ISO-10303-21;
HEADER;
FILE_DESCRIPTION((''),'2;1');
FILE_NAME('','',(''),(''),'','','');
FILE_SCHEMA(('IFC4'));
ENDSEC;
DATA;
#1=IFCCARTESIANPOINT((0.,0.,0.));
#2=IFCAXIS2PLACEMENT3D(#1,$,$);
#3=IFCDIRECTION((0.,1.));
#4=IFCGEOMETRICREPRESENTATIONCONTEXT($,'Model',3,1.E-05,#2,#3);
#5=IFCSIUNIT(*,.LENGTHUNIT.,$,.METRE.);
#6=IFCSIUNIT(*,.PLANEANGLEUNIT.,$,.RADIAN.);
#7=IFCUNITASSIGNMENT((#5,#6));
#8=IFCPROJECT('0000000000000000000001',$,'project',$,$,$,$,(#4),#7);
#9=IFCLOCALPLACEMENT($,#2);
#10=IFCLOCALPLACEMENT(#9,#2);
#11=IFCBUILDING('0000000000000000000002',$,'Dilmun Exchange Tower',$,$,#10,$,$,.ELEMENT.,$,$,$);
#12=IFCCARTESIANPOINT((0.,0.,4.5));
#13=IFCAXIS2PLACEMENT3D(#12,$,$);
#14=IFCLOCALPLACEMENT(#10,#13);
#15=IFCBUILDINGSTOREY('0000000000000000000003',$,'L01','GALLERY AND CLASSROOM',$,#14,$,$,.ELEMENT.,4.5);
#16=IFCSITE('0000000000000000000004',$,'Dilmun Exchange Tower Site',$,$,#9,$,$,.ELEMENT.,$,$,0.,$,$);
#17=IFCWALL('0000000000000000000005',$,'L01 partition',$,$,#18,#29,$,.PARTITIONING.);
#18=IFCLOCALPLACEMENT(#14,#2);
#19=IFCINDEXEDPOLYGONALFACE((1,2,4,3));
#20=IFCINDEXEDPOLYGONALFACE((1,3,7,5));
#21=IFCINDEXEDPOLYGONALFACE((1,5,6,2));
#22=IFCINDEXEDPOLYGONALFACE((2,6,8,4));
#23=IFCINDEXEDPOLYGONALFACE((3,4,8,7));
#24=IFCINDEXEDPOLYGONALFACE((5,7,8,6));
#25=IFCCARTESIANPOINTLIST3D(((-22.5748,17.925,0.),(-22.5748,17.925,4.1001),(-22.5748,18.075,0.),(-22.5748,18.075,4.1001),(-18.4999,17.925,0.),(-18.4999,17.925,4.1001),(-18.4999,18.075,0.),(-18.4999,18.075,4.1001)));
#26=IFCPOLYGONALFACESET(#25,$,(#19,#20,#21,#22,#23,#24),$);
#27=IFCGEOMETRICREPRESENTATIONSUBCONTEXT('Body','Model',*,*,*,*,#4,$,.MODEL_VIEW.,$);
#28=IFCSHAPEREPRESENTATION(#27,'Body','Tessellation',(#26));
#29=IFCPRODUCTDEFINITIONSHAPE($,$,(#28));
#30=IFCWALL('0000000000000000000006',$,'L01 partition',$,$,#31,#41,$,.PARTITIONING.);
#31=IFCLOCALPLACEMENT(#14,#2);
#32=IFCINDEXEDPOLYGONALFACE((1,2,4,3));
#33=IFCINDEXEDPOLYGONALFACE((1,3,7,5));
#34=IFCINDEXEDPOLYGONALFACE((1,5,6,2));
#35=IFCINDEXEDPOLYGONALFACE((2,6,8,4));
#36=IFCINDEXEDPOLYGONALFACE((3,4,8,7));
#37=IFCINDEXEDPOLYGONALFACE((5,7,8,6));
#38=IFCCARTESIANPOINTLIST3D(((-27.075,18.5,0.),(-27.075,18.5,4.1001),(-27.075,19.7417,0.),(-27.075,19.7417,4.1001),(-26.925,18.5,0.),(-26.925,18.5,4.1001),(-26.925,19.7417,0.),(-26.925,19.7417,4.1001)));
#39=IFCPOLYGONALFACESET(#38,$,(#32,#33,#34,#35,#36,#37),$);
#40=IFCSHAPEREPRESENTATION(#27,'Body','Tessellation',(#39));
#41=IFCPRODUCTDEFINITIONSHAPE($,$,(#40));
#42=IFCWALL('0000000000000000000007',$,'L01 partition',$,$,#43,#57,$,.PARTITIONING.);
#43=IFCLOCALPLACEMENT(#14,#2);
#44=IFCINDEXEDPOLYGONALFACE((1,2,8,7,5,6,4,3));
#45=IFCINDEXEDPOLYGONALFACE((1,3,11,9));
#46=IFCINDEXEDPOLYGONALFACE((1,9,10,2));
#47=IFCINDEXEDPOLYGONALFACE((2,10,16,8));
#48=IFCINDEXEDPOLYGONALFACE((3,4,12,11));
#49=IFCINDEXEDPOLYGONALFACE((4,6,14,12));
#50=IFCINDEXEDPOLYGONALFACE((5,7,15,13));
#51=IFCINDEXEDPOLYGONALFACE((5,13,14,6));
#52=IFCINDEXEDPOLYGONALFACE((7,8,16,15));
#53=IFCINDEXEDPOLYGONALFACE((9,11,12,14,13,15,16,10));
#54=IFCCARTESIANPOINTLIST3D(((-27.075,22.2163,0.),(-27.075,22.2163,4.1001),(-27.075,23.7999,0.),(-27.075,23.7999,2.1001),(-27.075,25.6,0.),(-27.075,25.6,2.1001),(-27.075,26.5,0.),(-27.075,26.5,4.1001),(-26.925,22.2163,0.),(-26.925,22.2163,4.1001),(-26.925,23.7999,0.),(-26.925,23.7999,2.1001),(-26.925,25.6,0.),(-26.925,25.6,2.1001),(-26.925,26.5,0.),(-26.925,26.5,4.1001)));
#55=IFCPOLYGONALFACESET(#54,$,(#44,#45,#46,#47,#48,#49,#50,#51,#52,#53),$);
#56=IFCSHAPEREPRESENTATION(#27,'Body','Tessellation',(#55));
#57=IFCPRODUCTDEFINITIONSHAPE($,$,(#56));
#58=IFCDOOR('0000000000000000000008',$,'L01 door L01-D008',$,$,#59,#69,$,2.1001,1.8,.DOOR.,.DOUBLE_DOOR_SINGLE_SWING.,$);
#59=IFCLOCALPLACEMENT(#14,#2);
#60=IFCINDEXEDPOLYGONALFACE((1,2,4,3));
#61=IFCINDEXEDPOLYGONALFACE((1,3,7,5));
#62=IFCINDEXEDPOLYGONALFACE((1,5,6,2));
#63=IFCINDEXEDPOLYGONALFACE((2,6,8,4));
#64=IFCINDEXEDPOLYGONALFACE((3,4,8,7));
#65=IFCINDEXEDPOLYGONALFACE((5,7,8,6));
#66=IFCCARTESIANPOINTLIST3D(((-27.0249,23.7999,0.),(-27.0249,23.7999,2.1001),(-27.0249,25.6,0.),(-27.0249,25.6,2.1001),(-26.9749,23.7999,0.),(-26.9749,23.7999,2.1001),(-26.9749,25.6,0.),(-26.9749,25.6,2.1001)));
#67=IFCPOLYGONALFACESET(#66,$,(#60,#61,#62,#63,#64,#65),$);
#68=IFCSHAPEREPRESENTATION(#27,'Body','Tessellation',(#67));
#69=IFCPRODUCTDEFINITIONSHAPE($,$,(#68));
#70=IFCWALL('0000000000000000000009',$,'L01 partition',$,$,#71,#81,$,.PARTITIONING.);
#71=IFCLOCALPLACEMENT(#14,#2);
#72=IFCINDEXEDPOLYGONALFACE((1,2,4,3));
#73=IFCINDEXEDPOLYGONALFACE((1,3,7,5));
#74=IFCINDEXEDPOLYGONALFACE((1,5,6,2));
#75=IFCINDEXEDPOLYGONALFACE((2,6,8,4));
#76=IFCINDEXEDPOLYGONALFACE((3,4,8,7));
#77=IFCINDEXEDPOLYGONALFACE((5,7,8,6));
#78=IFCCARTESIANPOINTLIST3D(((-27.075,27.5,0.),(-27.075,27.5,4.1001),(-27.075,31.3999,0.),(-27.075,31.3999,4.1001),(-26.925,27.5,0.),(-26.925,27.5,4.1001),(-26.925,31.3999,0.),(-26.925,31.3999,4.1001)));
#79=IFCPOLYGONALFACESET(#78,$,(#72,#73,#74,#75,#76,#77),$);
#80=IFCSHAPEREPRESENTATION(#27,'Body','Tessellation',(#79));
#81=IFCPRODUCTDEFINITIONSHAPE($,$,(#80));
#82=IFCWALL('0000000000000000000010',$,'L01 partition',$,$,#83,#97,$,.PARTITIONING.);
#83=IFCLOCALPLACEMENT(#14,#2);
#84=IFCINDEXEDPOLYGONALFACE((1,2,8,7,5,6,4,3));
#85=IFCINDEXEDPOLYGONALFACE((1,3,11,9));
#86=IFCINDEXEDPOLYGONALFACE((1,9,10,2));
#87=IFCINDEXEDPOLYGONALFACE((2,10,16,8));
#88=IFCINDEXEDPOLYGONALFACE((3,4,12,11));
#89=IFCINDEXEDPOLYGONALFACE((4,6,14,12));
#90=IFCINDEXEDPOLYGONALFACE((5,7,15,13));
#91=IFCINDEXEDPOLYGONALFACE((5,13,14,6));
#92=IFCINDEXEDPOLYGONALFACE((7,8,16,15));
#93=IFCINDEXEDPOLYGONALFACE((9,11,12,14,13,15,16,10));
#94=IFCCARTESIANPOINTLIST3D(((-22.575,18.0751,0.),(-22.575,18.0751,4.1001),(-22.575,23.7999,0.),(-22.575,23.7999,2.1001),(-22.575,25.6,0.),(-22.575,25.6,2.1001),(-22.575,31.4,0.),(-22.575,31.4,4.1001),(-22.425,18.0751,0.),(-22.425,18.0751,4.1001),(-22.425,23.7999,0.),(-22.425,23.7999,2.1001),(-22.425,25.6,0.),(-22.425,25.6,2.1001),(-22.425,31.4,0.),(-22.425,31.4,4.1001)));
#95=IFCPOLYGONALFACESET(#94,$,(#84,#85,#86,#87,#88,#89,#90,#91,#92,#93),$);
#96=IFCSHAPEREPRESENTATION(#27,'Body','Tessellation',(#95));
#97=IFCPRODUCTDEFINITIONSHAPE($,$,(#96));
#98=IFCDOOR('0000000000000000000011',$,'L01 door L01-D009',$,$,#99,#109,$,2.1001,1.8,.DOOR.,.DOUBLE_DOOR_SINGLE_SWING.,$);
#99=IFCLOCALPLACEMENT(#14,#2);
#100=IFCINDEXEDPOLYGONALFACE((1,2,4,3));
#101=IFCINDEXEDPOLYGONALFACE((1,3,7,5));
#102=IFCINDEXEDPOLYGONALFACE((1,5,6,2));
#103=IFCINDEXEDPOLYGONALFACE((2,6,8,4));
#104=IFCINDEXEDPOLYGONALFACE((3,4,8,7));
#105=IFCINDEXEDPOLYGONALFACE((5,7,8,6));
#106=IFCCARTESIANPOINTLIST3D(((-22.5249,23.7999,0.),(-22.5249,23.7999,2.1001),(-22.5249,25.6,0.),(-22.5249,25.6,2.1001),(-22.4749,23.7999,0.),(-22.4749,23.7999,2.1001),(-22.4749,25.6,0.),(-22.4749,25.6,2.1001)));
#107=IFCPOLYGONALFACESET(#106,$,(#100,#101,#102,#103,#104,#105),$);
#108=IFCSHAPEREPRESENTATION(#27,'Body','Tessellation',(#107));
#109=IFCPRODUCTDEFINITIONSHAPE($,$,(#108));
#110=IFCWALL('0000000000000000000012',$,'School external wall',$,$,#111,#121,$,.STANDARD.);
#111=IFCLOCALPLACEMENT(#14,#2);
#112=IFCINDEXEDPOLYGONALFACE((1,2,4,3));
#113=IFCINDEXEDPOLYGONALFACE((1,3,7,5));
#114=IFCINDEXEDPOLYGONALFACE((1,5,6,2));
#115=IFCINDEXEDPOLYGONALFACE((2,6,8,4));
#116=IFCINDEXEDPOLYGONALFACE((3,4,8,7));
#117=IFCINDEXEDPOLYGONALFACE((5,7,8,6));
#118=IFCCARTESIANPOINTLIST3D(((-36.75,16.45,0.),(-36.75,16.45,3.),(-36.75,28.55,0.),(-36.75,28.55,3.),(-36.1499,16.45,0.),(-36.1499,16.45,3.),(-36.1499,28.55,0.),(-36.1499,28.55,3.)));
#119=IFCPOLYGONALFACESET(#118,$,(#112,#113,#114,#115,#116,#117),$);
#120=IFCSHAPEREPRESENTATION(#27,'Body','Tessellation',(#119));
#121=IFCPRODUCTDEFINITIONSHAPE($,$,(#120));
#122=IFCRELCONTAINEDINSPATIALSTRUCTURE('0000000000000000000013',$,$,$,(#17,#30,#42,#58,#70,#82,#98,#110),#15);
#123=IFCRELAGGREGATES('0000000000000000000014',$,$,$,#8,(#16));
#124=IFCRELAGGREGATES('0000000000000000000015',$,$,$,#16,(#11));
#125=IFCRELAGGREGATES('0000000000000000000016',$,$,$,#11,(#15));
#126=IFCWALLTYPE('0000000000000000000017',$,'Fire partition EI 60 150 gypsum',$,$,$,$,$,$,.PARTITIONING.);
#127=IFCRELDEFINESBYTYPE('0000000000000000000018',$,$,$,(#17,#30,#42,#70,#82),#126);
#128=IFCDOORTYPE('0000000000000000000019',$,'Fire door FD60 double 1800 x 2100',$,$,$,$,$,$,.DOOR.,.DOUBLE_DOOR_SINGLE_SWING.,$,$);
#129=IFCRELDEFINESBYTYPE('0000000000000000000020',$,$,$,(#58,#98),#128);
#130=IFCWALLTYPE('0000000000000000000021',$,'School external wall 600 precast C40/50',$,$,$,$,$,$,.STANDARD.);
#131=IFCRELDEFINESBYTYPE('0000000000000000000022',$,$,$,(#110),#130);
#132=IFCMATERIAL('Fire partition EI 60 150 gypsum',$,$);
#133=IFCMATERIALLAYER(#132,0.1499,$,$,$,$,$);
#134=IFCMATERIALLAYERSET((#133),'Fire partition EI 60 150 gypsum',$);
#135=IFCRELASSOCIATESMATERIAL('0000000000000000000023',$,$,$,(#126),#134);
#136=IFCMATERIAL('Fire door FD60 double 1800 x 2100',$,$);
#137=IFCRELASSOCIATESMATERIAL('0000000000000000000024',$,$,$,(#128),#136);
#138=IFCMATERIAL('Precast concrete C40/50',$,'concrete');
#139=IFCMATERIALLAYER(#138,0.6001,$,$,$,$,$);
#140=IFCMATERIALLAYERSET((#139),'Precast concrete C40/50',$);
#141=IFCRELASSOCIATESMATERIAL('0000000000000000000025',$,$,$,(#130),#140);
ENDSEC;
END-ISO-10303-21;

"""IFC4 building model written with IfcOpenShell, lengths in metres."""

from ifc_helpers import new_model, si_unit, direction, frame, frame_2d, origin, place, context, subcontext, project, spatial, rectangle, extrude, material, layer, layer_set, type_object, element, fill, save


model = new_model("IFC4")

# Units and contexts
model_context = context("Model", 3, precision=1e-05, world=origin(), true_north=direction((0.0, 1.0)))
body_context = subcontext(model_context, "Body", "Model", "MODEL_VIEW")
ifc_project = project(units=[si_unit("LENGTHUNIT", "METRE"), si_unit("PLANEANGLEUNIT", "RADIAN")], contexts=[model_context])

# Site, building, storey
site_placement = place(None, origin())
site = spatial("IfcSite", under=ifc_project, at=site_placement, Name="Dilmun Exchange Tower Site", CompositionType="ELEMENT", RefElevation=0.0)
building_placement = place(site_placement, origin())
building = spatial("IfcBuilding", under=site, at=building_placement, Name="Dilmun Exchange Tower", CompositionType="ELEMENT")
storey_placement = place(building_placement, frame((0.0, 0.0, 4.5)))
storey = spatial("IfcBuildingStorey", under=building, at=storey_placement, Name="L01", Description="GALLERY AND CLASSROOM", CompositionType="ELEMENT", Elevation=4.5)

# Shared definitions
ifc_material_1 = material(Name="Fire partition EI 60 150 gypsum")
ifc_layer_1 = layer(ifc_material_1, 0.1499)
ifc_layer_set_1 = layer_set([ifc_layer_1], Name="Fire partition EI 60 150 gypsum")
wall_type_1 = type_object("IfcWallType", Name="Fire partition EI 60 150 gypsum", PredefinedType="PARTITIONING", material=ifc_layer_set_1)

# Walls
wall_1_placement = place(storey_placement, frame((-22.575, 18.0, 0.0), z_axis=(0.0, 0.0, 1.0), x_axis=(1.0, 0.0, 0.0)))
element("IfcWall", 1, at=wall_1_placement, inside=storey, type_object=wall_type_1, Name="L01 partition", PredefinedType="PARTITIONING", context=body_context, shape_type="SweptSolid", body=[
    extrude(rectangle(XDim=4.075, YDim=0.1499, at=frame_2d((2.0376, 0.0))), origin(), (0.0, 0.0, 1.0), 4.1001),
])
wall_2_placement = place(storey_placement, frame((-27.0, 18.5, 0.0), z_axis=(0.0, 0.0, 1.0), x_axis=(0.0, 1.0, 0.0)))
element("IfcWall", 2, at=wall_2_placement, inside=storey, type_object=wall_type_1, Name="L01 partition", PredefinedType="PARTITIONING", context=body_context, shape_type="SweptSolid", body=[
    extrude(rectangle(XDim=1.2417, YDim=0.1499, at=frame_2d((0.6208, 0.0))), origin(), (0.0, 0.0, 1.0), 4.1001),
])

# Wall, opening, door
wall_3_placement = place(storey_placement, frame((-27.0, 22.2163, 0.0), z_axis=(0.0, 0.0, 1.0), x_axis=(0.0, 1.0, 0.0)))
wall_3 = element("IfcWall", 3, at=wall_3_placement, inside=storey, type_object=wall_type_1, Name="L01 partition", PredefinedType="PARTITIONING", context=body_context, shape_type="SweptSolid", body=[
    extrude(rectangle(XDim=4.2837, YDim=0.1499, at=frame_2d((2.1418, 0.0))), origin(), (0.0, 0.0, 1.0), 4.1001),
])
opening_1_placement = place(wall_3_placement, frame((1.5837, 0.0, 0.0)))
opening_1 = element("IfcOpeningElement", 4, at=opening_1_placement, cuts=wall_3, PredefinedType="OPENING", context=body_context, shape_type="SweptSolid", body=[
    extrude(rectangle(XDim=1.8, YDim=2.1001, at=frame_2d((0.8999, 1.05))), frame((0.0, 0.085, 0.0), z_axis=(0.0, -1.0, 0.0), x_axis=(1.0, 0.0, 0.0)), (0.0, 0.0, 1.0), 0.1699),
])
ifc_material_2 = material(Name="Fire door FD60 double 1800 x 2100")
door_type_1 = type_object("IfcDoorType", Name="Fire door FD60 double 1800 x 2100", OperationType="DOUBLE_DOOR_SINGLE_SWING", PredefinedType="DOOR", material=ifc_material_2)
door_1_placement = place(opening_1_placement, origin())
door_1 = element("IfcDoor", 5, at=door_1_placement, inside=storey, type_object=door_type_1, Name="L01 door L01-D008", OperationType="DOUBLE_DOOR_SINGLE_SWING", OverallHeight=2.1001, OverallWidth=1.8, PredefinedType="DOOR", context=body_context, shape_type="SweptSolid", body=[
    extrude(rectangle(XDim=1.8, YDim=2.1001, at=frame_2d((0.8999, 1.05))), frame((0.0, 0.0249, 0.0), z_axis=(0.0, -1.0, 0.0), x_axis=(1.0, 0.0, 0.0)), (0.0, 0.0, 1.0), 0.05),
])
fill(opening_1, door_1)

# Wall
wall_4_placement = place(storey_placement, frame((-27.0, 27.5, 0.0), z_axis=(0.0, 0.0, 1.0), x_axis=(0.0, 1.0, 0.0)))
element("IfcWall", 6, at=wall_4_placement, inside=storey, type_object=wall_type_1, Name="L01 partition", PredefinedType="PARTITIONING", context=body_context, shape_type="SweptSolid", body=[
    extrude(rectangle(XDim=3.8999, YDim=0.1499, at=frame_2d((1.95, 0.0))), origin(), (0.0, 0.0, 1.0), 4.1001),
])

# Wall, opening, door
wall_5_placement = place(storey_placement, frame((-22.5, 18.075, 0.0), z_axis=(0.0, 0.0, 1.0), x_axis=(0.0, 1.0, 0.0)))
wall_5 = element("IfcWall", 7, at=wall_5_placement, inside=storey, type_object=wall_type_1, Name="L01 partition", PredefinedType="PARTITIONING", context=body_context, shape_type="SweptSolid", body=[
    extrude(rectangle(XDim=13.325, YDim=0.1499, at=frame_2d((6.6626, 0.0))), origin(), (0.0, 0.0, 1.0), 4.1001),
])
opening_2_placement = place(wall_5_placement, frame((5.7251, 0.0, 0.0)))
opening_2 = element("IfcOpeningElement", 8, at=opening_2_placement, cuts=wall_5, PredefinedType="OPENING", context=body_context, shape_type="SweptSolid", body=[
    extrude(rectangle(XDim=1.8, YDim=2.1001, at=frame_2d((0.8999, 1.05))), frame((0.0, 0.085, 0.0), z_axis=(0.0, -1.0, 0.0), x_axis=(1.0, 0.0, 0.0)), (0.0, 0.0, 1.0), 0.1699),
])
door_2_placement = place(opening_2_placement, origin())
door_2 = element("IfcDoor", 9, at=door_2_placement, inside=storey, type_object=door_type_1, Name="L01 door L01-D009", OperationType="DOUBLE_DOOR_SINGLE_SWING", OverallHeight=2.1001, OverallWidth=1.8, PredefinedType="DOOR", context=body_context, shape_type="SweptSolid", body=[
    extrude(rectangle(XDim=1.8, YDim=2.1001, at=frame_2d((0.8999, 1.05))), frame((0.0, 0.0249, 0.0), z_axis=(0.0, -1.0, 0.0), x_axis=(1.0, 0.0, 0.0)), (0.0, 0.0, 1.0), 0.05),
])
fill(opening_2, door_2)

# Wall
ifc_material_3 = material(Name="Precast concrete C40/50", Category="concrete")
ifc_layer_2 = layer(ifc_material_3, 0.6001)
ifc_layer_set_2 = layer_set([ifc_layer_2], Name="Precast concrete C40/50")
wall_type_2 = type_object("IfcWallType", Name="School external wall 600 precast C40/50", PredefinedType="STANDARD", material=ifc_layer_set_2)
wall_6_placement = place(storey_placement, frame((-36.45, 28.55, 0.0), z_axis=(0.0, 0.0, 1.0), x_axis=(0.0, -1.0, 0.0)))
element("IfcWall", 10, at=wall_6_placement, inside=storey, type_object=wall_type_2, Name="School external wall", PredefinedType="STANDARD", context=body_context, shape_type="SweptSolid", body=[
    extrude(rectangle(XDim=12.1001, YDim=0.6001, at=frame_2d((6.05, 0.0))), origin(), (0.0, 0.0, 1.0), 3.0),
])

save(model, "model.ifc")
